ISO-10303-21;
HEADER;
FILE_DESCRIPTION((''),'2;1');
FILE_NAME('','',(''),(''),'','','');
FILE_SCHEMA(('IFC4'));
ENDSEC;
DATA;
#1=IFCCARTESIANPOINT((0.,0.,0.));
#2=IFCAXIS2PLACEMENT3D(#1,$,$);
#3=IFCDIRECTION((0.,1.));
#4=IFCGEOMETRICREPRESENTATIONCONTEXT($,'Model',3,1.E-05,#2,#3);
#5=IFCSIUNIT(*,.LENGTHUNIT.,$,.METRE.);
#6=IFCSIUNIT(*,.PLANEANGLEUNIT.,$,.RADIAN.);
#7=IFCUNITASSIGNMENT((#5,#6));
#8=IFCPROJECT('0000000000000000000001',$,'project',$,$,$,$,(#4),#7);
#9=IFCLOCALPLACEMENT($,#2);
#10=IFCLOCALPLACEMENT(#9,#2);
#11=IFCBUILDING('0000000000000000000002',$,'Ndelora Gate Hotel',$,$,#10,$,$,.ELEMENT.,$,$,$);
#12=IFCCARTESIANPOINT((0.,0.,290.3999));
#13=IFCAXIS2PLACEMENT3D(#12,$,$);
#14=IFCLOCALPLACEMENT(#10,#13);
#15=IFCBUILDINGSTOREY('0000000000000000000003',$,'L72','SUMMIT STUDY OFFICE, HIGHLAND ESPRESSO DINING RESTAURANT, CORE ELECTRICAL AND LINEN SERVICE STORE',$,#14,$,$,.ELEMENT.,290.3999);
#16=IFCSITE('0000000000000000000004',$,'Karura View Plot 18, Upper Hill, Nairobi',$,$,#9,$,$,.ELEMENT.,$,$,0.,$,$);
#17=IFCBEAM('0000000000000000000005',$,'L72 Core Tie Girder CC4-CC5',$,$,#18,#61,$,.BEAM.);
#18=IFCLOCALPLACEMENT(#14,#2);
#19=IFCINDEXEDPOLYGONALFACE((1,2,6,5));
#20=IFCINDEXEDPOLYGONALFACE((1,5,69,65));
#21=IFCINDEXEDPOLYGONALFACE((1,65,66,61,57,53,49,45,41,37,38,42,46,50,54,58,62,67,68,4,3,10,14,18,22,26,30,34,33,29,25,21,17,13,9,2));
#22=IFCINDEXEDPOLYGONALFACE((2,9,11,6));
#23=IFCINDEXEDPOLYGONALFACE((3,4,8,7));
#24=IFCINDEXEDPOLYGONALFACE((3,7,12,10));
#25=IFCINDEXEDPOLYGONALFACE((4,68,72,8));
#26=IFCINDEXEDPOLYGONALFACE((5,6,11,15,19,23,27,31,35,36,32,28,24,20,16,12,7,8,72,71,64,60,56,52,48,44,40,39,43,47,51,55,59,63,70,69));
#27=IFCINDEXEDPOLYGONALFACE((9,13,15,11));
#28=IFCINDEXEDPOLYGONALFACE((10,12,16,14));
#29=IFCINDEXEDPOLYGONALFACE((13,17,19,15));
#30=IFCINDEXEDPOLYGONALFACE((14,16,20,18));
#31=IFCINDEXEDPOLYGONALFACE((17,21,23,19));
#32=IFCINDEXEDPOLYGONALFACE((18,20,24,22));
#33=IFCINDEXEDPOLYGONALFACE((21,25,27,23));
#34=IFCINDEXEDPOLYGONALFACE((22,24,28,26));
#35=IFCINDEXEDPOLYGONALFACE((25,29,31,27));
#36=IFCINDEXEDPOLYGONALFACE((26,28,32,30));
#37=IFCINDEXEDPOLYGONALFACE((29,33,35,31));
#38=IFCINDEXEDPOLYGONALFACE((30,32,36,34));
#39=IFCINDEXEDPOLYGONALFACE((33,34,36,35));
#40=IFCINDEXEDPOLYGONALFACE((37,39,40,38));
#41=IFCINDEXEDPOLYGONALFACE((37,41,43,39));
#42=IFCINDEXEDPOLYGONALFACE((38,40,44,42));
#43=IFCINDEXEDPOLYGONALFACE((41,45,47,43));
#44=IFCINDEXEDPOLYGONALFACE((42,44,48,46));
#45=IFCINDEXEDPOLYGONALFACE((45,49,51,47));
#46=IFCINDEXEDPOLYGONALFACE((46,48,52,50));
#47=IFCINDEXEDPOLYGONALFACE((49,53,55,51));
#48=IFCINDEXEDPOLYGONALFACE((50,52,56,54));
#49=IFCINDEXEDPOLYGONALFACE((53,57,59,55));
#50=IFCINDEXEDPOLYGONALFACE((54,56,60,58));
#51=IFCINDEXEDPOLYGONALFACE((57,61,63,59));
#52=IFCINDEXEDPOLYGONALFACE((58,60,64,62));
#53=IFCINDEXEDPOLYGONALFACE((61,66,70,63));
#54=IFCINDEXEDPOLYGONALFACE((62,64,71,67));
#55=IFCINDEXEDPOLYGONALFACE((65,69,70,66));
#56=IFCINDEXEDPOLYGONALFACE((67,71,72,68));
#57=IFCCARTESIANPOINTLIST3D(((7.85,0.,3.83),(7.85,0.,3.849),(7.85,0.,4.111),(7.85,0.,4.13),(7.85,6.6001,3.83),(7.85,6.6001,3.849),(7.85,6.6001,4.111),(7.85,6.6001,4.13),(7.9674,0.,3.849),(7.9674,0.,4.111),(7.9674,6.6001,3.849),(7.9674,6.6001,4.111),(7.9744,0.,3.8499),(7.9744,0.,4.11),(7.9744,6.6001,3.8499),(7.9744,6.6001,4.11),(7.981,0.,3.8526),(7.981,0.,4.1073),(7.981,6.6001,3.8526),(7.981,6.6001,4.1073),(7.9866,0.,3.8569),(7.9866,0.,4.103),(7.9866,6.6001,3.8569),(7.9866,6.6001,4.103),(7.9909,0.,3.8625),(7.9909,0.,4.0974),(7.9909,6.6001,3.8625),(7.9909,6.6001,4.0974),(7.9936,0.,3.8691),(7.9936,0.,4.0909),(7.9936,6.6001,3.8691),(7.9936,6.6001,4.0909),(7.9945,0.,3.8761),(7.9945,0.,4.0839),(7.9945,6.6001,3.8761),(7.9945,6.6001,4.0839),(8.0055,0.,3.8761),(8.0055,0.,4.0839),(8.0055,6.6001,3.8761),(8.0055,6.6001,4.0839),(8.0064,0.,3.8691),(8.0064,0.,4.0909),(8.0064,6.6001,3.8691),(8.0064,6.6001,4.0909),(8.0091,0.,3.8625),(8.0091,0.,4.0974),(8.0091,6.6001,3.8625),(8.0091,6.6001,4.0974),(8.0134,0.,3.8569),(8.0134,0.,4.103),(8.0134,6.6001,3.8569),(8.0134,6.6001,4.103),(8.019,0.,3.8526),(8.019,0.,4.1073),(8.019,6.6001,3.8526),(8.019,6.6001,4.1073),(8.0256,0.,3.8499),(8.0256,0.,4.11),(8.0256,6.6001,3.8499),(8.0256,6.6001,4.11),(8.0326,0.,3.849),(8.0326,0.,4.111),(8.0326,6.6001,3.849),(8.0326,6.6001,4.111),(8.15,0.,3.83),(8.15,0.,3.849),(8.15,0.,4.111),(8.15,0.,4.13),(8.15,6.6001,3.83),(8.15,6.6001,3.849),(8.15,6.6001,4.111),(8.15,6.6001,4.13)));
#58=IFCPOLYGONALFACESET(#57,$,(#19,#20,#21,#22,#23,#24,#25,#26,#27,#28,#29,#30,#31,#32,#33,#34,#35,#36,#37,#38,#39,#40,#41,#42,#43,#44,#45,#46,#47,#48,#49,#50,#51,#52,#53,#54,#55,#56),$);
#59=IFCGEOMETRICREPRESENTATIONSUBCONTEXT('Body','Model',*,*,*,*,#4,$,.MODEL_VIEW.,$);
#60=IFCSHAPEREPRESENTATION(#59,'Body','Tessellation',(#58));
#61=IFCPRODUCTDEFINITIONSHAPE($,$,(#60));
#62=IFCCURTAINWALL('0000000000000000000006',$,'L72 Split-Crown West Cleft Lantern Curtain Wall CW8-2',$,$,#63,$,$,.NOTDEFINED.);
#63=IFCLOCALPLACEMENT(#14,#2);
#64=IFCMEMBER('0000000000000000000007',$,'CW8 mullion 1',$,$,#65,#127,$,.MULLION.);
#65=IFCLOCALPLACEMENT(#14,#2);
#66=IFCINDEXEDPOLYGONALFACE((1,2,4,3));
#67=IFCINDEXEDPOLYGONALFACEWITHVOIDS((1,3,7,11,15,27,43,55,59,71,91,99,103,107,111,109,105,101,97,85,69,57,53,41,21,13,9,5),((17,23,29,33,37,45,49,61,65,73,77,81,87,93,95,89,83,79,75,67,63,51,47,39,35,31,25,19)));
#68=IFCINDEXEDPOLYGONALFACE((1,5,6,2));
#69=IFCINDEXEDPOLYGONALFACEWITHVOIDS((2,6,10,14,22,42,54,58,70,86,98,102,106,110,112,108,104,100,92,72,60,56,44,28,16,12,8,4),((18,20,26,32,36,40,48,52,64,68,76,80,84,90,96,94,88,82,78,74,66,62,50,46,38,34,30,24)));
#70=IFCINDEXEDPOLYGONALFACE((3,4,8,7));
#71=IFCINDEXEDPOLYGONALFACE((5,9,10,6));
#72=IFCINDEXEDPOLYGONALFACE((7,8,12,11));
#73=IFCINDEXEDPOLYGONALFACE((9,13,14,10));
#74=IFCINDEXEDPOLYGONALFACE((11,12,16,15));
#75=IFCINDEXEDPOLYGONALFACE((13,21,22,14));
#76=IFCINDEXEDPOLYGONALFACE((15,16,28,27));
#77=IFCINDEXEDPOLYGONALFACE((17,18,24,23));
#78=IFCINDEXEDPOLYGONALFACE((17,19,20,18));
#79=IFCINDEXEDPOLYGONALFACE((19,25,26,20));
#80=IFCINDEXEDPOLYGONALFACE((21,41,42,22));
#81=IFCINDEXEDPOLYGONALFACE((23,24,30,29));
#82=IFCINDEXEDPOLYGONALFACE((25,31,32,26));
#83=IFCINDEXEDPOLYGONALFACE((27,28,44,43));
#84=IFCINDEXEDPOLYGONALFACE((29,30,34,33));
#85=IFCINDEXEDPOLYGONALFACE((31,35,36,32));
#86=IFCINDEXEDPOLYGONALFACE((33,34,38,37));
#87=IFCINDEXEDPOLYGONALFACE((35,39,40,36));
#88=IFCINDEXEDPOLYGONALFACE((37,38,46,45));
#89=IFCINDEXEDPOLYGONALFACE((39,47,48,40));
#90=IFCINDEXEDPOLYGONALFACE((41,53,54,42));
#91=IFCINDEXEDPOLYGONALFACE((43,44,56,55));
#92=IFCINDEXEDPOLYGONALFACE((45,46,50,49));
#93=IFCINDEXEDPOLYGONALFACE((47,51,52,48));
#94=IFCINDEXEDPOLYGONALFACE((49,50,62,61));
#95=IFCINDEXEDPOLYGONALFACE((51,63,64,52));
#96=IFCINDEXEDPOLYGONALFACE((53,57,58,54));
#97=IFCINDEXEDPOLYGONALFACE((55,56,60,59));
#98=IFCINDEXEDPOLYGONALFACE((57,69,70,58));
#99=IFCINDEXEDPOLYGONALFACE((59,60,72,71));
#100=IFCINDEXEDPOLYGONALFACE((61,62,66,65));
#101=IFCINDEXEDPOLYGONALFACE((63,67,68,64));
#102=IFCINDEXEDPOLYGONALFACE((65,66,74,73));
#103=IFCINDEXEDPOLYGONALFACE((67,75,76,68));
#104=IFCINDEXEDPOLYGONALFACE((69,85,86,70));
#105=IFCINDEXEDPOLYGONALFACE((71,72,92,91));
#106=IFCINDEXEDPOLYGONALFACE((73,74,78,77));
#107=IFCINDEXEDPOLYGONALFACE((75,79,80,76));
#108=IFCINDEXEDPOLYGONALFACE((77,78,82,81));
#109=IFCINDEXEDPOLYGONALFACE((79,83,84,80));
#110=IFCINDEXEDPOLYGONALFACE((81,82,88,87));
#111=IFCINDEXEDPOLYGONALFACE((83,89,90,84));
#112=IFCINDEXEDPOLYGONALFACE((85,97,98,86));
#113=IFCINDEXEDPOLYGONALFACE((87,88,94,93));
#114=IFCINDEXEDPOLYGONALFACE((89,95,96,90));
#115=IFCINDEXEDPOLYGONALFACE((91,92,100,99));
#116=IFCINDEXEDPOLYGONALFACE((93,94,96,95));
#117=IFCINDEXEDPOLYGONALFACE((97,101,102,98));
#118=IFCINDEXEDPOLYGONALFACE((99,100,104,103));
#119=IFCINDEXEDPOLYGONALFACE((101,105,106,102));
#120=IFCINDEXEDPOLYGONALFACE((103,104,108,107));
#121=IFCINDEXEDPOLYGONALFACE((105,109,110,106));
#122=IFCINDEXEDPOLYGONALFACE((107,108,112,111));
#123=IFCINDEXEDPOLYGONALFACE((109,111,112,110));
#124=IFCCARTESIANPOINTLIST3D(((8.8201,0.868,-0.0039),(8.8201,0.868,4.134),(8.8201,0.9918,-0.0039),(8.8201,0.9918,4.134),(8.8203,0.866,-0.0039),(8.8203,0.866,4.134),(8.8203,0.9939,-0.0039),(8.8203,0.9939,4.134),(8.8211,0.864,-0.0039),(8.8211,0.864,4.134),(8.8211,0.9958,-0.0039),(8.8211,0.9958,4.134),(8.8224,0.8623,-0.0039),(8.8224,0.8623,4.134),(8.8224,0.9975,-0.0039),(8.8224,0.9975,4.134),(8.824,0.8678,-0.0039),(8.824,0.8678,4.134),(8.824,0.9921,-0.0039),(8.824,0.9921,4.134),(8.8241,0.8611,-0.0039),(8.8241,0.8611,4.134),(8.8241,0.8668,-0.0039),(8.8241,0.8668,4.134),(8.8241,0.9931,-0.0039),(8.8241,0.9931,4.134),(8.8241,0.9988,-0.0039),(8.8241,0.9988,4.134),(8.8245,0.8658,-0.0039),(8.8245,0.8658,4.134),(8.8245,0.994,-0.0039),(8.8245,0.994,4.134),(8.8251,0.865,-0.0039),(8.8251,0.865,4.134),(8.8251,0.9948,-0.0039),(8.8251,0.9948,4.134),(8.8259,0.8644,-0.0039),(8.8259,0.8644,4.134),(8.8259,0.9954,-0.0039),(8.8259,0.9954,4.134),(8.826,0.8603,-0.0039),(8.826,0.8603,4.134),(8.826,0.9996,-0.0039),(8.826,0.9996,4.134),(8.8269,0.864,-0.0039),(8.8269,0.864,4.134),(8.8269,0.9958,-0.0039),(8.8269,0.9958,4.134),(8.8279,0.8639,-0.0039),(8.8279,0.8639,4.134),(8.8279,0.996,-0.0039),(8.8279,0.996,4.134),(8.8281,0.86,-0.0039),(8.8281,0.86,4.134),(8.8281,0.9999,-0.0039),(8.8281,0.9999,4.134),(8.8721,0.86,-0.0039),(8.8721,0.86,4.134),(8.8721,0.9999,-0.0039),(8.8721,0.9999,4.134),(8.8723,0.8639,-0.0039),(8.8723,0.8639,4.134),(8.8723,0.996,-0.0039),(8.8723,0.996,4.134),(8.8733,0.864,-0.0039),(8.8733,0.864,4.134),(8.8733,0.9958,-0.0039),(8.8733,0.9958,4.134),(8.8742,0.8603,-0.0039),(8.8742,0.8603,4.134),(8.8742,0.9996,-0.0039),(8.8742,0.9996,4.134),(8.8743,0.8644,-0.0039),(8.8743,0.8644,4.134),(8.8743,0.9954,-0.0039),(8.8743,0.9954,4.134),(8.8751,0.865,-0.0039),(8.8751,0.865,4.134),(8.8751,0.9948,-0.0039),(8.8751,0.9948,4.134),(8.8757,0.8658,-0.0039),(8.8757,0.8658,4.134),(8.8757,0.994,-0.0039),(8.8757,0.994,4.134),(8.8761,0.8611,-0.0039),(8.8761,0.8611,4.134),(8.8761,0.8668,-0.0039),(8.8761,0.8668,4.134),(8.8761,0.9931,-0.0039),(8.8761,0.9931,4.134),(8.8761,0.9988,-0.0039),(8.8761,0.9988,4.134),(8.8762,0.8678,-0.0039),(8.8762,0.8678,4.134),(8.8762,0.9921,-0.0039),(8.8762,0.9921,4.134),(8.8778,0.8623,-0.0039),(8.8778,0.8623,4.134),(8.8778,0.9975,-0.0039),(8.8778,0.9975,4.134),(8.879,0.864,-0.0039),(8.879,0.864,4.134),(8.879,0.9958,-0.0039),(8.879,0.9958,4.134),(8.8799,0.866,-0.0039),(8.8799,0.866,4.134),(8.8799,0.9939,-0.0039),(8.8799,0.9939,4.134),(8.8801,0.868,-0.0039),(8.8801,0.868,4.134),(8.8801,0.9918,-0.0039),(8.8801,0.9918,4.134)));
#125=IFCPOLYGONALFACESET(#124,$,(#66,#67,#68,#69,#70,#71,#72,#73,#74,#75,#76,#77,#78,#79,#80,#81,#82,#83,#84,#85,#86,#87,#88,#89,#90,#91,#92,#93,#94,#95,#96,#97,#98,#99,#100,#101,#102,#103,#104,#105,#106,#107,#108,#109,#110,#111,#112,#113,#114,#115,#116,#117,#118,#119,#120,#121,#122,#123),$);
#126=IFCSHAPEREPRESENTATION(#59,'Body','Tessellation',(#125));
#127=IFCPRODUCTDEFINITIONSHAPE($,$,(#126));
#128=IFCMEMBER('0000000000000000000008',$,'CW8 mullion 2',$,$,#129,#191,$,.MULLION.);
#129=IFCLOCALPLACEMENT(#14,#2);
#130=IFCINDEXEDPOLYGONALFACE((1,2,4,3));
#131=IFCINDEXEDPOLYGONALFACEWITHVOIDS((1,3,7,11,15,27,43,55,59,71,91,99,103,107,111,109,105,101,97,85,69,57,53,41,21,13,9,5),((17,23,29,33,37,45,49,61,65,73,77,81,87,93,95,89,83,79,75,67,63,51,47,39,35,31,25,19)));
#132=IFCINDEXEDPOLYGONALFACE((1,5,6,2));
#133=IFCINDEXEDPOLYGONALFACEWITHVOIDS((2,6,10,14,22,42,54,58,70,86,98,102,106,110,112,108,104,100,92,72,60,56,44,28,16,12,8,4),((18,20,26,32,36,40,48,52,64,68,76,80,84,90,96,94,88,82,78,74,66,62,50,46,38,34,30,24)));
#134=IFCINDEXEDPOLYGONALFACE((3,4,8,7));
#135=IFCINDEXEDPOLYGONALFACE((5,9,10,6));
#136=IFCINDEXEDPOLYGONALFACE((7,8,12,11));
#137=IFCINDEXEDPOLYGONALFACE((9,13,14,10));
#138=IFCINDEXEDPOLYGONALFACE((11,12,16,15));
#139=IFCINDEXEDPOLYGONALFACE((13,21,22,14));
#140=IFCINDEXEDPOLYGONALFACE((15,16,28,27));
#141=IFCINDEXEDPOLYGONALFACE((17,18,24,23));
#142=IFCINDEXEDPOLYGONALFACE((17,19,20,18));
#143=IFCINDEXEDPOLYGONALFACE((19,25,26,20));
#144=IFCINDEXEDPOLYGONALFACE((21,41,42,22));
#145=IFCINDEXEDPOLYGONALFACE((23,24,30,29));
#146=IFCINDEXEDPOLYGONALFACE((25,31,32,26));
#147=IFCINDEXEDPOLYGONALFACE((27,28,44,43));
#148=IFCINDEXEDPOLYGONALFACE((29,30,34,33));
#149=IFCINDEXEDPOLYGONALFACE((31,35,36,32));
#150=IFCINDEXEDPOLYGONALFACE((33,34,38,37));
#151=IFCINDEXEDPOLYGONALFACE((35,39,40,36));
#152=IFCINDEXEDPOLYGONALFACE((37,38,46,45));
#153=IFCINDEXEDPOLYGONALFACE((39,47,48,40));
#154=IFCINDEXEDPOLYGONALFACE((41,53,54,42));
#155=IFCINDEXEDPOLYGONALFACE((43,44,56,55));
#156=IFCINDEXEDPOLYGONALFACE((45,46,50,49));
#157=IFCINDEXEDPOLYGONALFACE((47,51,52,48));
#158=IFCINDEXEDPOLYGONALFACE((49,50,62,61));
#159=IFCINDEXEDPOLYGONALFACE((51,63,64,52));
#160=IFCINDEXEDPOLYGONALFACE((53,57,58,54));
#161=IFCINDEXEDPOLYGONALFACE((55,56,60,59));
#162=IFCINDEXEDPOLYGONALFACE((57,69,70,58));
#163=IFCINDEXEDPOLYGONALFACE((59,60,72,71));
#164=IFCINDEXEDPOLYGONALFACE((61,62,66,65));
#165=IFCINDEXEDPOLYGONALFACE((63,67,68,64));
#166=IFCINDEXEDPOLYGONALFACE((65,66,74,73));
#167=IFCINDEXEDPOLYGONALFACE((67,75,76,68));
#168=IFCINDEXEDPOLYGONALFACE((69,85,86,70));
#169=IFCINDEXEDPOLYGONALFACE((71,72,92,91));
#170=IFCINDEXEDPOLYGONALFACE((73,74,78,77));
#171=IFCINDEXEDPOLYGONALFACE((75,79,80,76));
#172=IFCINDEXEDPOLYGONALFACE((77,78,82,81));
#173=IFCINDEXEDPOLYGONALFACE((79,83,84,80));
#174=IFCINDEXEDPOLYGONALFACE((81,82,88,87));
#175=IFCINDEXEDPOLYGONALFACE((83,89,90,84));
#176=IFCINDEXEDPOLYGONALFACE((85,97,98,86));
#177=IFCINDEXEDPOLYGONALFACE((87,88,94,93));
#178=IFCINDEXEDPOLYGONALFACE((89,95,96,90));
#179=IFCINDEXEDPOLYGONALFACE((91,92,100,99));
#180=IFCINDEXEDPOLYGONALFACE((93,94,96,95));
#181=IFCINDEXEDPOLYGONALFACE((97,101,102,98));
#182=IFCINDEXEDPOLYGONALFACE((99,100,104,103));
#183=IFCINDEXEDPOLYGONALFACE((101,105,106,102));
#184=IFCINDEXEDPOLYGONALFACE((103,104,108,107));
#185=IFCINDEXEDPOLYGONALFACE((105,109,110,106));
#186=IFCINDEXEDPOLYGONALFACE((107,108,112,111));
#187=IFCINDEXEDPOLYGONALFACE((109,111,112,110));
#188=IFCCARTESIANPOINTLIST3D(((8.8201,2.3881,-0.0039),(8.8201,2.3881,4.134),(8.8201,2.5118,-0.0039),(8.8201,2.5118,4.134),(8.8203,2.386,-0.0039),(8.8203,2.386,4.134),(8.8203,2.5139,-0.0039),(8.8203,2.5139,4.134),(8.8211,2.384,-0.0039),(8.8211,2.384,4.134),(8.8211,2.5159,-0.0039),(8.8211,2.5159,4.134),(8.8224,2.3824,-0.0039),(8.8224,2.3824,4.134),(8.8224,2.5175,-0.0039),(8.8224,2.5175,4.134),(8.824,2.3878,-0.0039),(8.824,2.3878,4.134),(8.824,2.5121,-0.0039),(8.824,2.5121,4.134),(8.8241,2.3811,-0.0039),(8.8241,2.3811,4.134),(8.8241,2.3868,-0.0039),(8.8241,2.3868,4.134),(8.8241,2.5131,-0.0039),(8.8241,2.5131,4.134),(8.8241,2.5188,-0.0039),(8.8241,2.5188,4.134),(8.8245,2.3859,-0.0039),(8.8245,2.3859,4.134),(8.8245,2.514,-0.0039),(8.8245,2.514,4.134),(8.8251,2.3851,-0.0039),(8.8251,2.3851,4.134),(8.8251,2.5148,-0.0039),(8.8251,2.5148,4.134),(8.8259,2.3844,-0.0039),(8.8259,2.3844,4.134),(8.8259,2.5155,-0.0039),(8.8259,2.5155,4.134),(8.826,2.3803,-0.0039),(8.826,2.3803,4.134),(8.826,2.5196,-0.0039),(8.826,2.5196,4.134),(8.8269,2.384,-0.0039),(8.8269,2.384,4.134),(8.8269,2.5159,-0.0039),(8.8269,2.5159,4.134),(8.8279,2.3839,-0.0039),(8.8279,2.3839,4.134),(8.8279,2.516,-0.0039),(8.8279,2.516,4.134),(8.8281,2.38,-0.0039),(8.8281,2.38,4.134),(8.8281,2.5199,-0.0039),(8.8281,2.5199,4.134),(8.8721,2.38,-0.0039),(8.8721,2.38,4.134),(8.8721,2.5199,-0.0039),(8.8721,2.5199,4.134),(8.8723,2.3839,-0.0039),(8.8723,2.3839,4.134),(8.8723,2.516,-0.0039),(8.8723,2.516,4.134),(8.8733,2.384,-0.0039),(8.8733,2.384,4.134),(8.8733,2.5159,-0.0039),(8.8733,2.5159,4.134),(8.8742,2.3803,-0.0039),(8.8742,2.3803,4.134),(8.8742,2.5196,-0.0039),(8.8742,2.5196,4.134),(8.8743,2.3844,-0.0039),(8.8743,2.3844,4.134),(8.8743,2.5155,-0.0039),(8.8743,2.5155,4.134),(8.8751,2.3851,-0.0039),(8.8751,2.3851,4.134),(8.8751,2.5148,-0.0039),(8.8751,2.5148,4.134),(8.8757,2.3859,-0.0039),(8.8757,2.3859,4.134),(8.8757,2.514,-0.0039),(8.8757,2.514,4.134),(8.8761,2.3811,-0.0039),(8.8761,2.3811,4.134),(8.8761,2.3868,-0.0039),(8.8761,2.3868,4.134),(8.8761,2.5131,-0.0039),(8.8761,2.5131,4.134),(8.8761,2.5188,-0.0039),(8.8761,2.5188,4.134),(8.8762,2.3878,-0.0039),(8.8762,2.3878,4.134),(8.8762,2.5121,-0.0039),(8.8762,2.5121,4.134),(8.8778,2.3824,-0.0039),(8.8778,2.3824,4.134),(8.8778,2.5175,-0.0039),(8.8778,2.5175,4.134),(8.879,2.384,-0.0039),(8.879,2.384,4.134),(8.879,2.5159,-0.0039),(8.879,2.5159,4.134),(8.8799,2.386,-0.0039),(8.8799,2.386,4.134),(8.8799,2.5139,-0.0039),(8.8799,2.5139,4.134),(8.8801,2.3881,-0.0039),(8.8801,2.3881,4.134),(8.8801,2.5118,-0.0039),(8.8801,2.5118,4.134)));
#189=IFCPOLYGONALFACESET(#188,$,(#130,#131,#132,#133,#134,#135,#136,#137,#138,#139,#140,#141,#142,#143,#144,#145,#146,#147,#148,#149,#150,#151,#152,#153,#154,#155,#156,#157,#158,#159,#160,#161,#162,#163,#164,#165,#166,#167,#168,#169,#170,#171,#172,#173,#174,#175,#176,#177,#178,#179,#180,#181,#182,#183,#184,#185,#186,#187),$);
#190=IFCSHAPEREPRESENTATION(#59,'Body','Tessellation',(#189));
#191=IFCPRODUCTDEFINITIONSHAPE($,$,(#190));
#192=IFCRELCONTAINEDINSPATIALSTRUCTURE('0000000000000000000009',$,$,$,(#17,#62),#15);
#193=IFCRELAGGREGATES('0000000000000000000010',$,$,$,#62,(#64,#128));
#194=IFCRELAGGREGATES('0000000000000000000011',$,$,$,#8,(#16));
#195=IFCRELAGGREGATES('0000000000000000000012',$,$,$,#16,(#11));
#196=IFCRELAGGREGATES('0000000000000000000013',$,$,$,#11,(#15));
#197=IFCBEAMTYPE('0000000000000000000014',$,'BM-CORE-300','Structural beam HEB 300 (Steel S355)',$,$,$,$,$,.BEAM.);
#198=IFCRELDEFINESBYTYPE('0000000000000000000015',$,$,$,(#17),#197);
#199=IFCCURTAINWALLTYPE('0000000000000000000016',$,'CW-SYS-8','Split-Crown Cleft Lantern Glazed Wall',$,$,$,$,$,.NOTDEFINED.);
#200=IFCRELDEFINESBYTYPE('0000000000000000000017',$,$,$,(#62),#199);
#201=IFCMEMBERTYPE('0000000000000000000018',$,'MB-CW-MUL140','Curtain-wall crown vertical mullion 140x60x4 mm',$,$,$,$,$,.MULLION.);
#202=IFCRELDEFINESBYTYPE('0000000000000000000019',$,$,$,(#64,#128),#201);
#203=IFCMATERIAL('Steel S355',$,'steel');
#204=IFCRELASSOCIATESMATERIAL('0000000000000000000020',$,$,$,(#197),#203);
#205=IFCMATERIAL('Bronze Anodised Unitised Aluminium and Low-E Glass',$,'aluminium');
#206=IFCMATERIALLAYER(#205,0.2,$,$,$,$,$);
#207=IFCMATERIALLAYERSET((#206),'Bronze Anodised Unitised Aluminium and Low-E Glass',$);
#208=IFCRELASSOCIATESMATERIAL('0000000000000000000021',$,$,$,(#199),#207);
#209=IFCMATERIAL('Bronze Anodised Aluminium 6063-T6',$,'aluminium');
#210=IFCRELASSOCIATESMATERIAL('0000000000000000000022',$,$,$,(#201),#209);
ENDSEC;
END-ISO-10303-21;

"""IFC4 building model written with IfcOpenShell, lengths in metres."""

from ifc_helpers import new_model, si_unit, direction, frame, origin, origin_2d, place, context, subcontext, project, spatial, hollow_rectangle, i_section, extrude, material, layer, layer_set, material_profile, profile_set, type_object, element, aggregate, save


model = new_model("IFC4")

# Units and contexts
model_context = context("Model", 3, precision=1e-05, world=origin(), true_north=direction((0.0, 1.0)))
body_context = subcontext(model_context, "Body", "Model", "MODEL_VIEW")
ifc_project = project(units=[si_unit("LENGTHUNIT", "METRE"), si_unit("PLANEANGLEUNIT", "RADIAN")], contexts=[model_context])

# Site, building, storey
site_placement = place(None, origin())
site = spatial("IfcSite", under=ifc_project, at=site_placement, Name="Karura View Plot 18, Upper Hill, Nairobi", CompositionType="ELEMENT", RefElevation=0.0)
building_placement = place(site_placement, origin())
building = spatial("IfcBuilding", under=site, at=building_placement, Name="Ndelora Gate Hotel", CompositionType="ELEMENT")
storey_placement = place(building_placement, frame((0.0, 0.0, 290.3999)))
storey = spatial("IfcBuildingStorey", under=building, at=storey_placement, Name="L72", Description="SUMMIT STUDY OFFICE, HIGHLAND ESPRESSO DINING RESTAURANT, CORE ELECTRICAL AND LINEN SERVICE STORE", CompositionType="ELEMENT", Elevation=290.3999)

# Beam
ifc_material_1 = material(Name="Steel S355", Category="steel")
ifc_material_profile_1 = material_profile(ifc_material_1, i_section(OverallWidth=0.3, OverallDepth=0.3, WebThickness=0.011, FlangeThickness=0.019, FilletRadius=0.0271, at=origin_2d()), Name="HEB 300")
ifc_profile_set_1 = profile_set([ifc_material_profile_1], Name="Steel S355")
beam_type = type_object("IfcBeamType", Name="BM-CORE-300", Description="Structural beam HEB 300 (Steel S355)", PredefinedType="BEAM", material=ifc_profile_set_1)
beam_placement = place(storey_placement, frame((8.0, 0.0, 3.98), z_axis=(0.0, 1.0, 0.0), x_axis=(-1.0, 0.0, 0.0)))
element("IfcBeam", 1, at=beam_placement, inside=storey, type_object=beam_type, Name="L72 Core Tie Girder CC4-CC5", PredefinedType="BEAM", context=body_context, shape_type="SweptSolid", body=[
    extrude(i_section(OverallWidth=0.3, OverallDepth=0.3, WebThickness=0.011, FlangeThickness=0.019, FilletRadius=0.0271, at=origin_2d()), origin(), (0.0, 0.0, 1.0), 6.6001),
])

# Curtain wall, members
ifc_material_2 = material(Name="Bronze Anodised Unitised Aluminium and Low-E Glass", Category="aluminium")
ifc_layer_1 = layer(ifc_material_2, 0.2)
ifc_layer_set_1 = layer_set([ifc_layer_1], Name="Bronze Anodised Unitised Aluminium and Low-E Glass")
curtain_wall_type = type_object("IfcCurtainWallType", Name="CW-SYS-8", Description="Split-Crown Cleft Lantern Glazed Wall", PredefinedType="NOTDEFINED", material=ifc_layer_set_1)
curtain_wall_1_placement = place(storey_placement, origin())
curtain_wall_1 = element("IfcCurtainWall", 2, at=curtain_wall_1_placement, inside=storey, type_object=curtain_wall_type, Name="L72 Split-Crown West Cleft Lantern Curtain Wall CW8-2", PredefinedType="NOTDEFINED")
ifc_material_3 = material(Name="Bronze Anodised Aluminium 6063-T6", Category="aluminium")
ifc_material_profile_2 = material_profile(ifc_material_3, hollow_rectangle(XDim=0.0601, YDim=0.1399, WallThickness=0.0039, InnerFilletRadius=0.0039, OuterFilletRadius=0.0081, at=origin_2d()), Name="ALU 140x60x4")
ifc_profile_set_2 = profile_set([ifc_material_profile_2], Name="Bronze Anodised Aluminium 6063-T6")
member_type_1 = type_object("IfcMemberType", Name="MB-CW-MUL140", Description="Curtain-wall crown vertical mullion 140x60x4 mm", PredefinedType="MULLION", material=ifc_profile_set_2)
member_1_placement = place(storey_placement, frame((8.8501, 0.9299, -0.0039), z_axis=(0.0, 0.0, 1.0), x_axis=(-1.0, 0.0, 0.0)))
member_1 = element("IfcMember", 3, at=member_1_placement, type_object=member_type_1, Name="CW8 mullion 1", PredefinedType="MULLION", context=body_context, shape_type="SweptSolid", body=[
    extrude(hollow_rectangle(XDim=0.0601, YDim=0.1399, WallThickness=0.0039, InnerFilletRadius=0.0039, OuterFilletRadius=0.0081, at=origin_2d()), origin(), (0.0, 0.0, 1.0), 4.1379),
])
member_2_placement = place(storey_placement, frame((8.8501, 2.45, -0.0039), z_axis=(0.0, 0.0, 1.0), x_axis=(-1.0, 0.0, 0.0)))
member_2 = element("IfcMember", 4, at=member_2_placement, type_object=member_type_1, Name="CW8 mullion 2", PredefinedType="MULLION", context=body_context, shape_type="SweptSolid", body=[
    extrude(hollow_rectangle(XDim=0.0601, YDim=0.1399, WallThickness=0.0039, InnerFilletRadius=0.0039, OuterFilletRadius=0.0081, at=origin_2d()), origin(), (0.0, 0.0, 1.0), 4.1379),
])

aggregate(curtain_wall_1, [member_1, member_2])

save(model, "model.ifc")
